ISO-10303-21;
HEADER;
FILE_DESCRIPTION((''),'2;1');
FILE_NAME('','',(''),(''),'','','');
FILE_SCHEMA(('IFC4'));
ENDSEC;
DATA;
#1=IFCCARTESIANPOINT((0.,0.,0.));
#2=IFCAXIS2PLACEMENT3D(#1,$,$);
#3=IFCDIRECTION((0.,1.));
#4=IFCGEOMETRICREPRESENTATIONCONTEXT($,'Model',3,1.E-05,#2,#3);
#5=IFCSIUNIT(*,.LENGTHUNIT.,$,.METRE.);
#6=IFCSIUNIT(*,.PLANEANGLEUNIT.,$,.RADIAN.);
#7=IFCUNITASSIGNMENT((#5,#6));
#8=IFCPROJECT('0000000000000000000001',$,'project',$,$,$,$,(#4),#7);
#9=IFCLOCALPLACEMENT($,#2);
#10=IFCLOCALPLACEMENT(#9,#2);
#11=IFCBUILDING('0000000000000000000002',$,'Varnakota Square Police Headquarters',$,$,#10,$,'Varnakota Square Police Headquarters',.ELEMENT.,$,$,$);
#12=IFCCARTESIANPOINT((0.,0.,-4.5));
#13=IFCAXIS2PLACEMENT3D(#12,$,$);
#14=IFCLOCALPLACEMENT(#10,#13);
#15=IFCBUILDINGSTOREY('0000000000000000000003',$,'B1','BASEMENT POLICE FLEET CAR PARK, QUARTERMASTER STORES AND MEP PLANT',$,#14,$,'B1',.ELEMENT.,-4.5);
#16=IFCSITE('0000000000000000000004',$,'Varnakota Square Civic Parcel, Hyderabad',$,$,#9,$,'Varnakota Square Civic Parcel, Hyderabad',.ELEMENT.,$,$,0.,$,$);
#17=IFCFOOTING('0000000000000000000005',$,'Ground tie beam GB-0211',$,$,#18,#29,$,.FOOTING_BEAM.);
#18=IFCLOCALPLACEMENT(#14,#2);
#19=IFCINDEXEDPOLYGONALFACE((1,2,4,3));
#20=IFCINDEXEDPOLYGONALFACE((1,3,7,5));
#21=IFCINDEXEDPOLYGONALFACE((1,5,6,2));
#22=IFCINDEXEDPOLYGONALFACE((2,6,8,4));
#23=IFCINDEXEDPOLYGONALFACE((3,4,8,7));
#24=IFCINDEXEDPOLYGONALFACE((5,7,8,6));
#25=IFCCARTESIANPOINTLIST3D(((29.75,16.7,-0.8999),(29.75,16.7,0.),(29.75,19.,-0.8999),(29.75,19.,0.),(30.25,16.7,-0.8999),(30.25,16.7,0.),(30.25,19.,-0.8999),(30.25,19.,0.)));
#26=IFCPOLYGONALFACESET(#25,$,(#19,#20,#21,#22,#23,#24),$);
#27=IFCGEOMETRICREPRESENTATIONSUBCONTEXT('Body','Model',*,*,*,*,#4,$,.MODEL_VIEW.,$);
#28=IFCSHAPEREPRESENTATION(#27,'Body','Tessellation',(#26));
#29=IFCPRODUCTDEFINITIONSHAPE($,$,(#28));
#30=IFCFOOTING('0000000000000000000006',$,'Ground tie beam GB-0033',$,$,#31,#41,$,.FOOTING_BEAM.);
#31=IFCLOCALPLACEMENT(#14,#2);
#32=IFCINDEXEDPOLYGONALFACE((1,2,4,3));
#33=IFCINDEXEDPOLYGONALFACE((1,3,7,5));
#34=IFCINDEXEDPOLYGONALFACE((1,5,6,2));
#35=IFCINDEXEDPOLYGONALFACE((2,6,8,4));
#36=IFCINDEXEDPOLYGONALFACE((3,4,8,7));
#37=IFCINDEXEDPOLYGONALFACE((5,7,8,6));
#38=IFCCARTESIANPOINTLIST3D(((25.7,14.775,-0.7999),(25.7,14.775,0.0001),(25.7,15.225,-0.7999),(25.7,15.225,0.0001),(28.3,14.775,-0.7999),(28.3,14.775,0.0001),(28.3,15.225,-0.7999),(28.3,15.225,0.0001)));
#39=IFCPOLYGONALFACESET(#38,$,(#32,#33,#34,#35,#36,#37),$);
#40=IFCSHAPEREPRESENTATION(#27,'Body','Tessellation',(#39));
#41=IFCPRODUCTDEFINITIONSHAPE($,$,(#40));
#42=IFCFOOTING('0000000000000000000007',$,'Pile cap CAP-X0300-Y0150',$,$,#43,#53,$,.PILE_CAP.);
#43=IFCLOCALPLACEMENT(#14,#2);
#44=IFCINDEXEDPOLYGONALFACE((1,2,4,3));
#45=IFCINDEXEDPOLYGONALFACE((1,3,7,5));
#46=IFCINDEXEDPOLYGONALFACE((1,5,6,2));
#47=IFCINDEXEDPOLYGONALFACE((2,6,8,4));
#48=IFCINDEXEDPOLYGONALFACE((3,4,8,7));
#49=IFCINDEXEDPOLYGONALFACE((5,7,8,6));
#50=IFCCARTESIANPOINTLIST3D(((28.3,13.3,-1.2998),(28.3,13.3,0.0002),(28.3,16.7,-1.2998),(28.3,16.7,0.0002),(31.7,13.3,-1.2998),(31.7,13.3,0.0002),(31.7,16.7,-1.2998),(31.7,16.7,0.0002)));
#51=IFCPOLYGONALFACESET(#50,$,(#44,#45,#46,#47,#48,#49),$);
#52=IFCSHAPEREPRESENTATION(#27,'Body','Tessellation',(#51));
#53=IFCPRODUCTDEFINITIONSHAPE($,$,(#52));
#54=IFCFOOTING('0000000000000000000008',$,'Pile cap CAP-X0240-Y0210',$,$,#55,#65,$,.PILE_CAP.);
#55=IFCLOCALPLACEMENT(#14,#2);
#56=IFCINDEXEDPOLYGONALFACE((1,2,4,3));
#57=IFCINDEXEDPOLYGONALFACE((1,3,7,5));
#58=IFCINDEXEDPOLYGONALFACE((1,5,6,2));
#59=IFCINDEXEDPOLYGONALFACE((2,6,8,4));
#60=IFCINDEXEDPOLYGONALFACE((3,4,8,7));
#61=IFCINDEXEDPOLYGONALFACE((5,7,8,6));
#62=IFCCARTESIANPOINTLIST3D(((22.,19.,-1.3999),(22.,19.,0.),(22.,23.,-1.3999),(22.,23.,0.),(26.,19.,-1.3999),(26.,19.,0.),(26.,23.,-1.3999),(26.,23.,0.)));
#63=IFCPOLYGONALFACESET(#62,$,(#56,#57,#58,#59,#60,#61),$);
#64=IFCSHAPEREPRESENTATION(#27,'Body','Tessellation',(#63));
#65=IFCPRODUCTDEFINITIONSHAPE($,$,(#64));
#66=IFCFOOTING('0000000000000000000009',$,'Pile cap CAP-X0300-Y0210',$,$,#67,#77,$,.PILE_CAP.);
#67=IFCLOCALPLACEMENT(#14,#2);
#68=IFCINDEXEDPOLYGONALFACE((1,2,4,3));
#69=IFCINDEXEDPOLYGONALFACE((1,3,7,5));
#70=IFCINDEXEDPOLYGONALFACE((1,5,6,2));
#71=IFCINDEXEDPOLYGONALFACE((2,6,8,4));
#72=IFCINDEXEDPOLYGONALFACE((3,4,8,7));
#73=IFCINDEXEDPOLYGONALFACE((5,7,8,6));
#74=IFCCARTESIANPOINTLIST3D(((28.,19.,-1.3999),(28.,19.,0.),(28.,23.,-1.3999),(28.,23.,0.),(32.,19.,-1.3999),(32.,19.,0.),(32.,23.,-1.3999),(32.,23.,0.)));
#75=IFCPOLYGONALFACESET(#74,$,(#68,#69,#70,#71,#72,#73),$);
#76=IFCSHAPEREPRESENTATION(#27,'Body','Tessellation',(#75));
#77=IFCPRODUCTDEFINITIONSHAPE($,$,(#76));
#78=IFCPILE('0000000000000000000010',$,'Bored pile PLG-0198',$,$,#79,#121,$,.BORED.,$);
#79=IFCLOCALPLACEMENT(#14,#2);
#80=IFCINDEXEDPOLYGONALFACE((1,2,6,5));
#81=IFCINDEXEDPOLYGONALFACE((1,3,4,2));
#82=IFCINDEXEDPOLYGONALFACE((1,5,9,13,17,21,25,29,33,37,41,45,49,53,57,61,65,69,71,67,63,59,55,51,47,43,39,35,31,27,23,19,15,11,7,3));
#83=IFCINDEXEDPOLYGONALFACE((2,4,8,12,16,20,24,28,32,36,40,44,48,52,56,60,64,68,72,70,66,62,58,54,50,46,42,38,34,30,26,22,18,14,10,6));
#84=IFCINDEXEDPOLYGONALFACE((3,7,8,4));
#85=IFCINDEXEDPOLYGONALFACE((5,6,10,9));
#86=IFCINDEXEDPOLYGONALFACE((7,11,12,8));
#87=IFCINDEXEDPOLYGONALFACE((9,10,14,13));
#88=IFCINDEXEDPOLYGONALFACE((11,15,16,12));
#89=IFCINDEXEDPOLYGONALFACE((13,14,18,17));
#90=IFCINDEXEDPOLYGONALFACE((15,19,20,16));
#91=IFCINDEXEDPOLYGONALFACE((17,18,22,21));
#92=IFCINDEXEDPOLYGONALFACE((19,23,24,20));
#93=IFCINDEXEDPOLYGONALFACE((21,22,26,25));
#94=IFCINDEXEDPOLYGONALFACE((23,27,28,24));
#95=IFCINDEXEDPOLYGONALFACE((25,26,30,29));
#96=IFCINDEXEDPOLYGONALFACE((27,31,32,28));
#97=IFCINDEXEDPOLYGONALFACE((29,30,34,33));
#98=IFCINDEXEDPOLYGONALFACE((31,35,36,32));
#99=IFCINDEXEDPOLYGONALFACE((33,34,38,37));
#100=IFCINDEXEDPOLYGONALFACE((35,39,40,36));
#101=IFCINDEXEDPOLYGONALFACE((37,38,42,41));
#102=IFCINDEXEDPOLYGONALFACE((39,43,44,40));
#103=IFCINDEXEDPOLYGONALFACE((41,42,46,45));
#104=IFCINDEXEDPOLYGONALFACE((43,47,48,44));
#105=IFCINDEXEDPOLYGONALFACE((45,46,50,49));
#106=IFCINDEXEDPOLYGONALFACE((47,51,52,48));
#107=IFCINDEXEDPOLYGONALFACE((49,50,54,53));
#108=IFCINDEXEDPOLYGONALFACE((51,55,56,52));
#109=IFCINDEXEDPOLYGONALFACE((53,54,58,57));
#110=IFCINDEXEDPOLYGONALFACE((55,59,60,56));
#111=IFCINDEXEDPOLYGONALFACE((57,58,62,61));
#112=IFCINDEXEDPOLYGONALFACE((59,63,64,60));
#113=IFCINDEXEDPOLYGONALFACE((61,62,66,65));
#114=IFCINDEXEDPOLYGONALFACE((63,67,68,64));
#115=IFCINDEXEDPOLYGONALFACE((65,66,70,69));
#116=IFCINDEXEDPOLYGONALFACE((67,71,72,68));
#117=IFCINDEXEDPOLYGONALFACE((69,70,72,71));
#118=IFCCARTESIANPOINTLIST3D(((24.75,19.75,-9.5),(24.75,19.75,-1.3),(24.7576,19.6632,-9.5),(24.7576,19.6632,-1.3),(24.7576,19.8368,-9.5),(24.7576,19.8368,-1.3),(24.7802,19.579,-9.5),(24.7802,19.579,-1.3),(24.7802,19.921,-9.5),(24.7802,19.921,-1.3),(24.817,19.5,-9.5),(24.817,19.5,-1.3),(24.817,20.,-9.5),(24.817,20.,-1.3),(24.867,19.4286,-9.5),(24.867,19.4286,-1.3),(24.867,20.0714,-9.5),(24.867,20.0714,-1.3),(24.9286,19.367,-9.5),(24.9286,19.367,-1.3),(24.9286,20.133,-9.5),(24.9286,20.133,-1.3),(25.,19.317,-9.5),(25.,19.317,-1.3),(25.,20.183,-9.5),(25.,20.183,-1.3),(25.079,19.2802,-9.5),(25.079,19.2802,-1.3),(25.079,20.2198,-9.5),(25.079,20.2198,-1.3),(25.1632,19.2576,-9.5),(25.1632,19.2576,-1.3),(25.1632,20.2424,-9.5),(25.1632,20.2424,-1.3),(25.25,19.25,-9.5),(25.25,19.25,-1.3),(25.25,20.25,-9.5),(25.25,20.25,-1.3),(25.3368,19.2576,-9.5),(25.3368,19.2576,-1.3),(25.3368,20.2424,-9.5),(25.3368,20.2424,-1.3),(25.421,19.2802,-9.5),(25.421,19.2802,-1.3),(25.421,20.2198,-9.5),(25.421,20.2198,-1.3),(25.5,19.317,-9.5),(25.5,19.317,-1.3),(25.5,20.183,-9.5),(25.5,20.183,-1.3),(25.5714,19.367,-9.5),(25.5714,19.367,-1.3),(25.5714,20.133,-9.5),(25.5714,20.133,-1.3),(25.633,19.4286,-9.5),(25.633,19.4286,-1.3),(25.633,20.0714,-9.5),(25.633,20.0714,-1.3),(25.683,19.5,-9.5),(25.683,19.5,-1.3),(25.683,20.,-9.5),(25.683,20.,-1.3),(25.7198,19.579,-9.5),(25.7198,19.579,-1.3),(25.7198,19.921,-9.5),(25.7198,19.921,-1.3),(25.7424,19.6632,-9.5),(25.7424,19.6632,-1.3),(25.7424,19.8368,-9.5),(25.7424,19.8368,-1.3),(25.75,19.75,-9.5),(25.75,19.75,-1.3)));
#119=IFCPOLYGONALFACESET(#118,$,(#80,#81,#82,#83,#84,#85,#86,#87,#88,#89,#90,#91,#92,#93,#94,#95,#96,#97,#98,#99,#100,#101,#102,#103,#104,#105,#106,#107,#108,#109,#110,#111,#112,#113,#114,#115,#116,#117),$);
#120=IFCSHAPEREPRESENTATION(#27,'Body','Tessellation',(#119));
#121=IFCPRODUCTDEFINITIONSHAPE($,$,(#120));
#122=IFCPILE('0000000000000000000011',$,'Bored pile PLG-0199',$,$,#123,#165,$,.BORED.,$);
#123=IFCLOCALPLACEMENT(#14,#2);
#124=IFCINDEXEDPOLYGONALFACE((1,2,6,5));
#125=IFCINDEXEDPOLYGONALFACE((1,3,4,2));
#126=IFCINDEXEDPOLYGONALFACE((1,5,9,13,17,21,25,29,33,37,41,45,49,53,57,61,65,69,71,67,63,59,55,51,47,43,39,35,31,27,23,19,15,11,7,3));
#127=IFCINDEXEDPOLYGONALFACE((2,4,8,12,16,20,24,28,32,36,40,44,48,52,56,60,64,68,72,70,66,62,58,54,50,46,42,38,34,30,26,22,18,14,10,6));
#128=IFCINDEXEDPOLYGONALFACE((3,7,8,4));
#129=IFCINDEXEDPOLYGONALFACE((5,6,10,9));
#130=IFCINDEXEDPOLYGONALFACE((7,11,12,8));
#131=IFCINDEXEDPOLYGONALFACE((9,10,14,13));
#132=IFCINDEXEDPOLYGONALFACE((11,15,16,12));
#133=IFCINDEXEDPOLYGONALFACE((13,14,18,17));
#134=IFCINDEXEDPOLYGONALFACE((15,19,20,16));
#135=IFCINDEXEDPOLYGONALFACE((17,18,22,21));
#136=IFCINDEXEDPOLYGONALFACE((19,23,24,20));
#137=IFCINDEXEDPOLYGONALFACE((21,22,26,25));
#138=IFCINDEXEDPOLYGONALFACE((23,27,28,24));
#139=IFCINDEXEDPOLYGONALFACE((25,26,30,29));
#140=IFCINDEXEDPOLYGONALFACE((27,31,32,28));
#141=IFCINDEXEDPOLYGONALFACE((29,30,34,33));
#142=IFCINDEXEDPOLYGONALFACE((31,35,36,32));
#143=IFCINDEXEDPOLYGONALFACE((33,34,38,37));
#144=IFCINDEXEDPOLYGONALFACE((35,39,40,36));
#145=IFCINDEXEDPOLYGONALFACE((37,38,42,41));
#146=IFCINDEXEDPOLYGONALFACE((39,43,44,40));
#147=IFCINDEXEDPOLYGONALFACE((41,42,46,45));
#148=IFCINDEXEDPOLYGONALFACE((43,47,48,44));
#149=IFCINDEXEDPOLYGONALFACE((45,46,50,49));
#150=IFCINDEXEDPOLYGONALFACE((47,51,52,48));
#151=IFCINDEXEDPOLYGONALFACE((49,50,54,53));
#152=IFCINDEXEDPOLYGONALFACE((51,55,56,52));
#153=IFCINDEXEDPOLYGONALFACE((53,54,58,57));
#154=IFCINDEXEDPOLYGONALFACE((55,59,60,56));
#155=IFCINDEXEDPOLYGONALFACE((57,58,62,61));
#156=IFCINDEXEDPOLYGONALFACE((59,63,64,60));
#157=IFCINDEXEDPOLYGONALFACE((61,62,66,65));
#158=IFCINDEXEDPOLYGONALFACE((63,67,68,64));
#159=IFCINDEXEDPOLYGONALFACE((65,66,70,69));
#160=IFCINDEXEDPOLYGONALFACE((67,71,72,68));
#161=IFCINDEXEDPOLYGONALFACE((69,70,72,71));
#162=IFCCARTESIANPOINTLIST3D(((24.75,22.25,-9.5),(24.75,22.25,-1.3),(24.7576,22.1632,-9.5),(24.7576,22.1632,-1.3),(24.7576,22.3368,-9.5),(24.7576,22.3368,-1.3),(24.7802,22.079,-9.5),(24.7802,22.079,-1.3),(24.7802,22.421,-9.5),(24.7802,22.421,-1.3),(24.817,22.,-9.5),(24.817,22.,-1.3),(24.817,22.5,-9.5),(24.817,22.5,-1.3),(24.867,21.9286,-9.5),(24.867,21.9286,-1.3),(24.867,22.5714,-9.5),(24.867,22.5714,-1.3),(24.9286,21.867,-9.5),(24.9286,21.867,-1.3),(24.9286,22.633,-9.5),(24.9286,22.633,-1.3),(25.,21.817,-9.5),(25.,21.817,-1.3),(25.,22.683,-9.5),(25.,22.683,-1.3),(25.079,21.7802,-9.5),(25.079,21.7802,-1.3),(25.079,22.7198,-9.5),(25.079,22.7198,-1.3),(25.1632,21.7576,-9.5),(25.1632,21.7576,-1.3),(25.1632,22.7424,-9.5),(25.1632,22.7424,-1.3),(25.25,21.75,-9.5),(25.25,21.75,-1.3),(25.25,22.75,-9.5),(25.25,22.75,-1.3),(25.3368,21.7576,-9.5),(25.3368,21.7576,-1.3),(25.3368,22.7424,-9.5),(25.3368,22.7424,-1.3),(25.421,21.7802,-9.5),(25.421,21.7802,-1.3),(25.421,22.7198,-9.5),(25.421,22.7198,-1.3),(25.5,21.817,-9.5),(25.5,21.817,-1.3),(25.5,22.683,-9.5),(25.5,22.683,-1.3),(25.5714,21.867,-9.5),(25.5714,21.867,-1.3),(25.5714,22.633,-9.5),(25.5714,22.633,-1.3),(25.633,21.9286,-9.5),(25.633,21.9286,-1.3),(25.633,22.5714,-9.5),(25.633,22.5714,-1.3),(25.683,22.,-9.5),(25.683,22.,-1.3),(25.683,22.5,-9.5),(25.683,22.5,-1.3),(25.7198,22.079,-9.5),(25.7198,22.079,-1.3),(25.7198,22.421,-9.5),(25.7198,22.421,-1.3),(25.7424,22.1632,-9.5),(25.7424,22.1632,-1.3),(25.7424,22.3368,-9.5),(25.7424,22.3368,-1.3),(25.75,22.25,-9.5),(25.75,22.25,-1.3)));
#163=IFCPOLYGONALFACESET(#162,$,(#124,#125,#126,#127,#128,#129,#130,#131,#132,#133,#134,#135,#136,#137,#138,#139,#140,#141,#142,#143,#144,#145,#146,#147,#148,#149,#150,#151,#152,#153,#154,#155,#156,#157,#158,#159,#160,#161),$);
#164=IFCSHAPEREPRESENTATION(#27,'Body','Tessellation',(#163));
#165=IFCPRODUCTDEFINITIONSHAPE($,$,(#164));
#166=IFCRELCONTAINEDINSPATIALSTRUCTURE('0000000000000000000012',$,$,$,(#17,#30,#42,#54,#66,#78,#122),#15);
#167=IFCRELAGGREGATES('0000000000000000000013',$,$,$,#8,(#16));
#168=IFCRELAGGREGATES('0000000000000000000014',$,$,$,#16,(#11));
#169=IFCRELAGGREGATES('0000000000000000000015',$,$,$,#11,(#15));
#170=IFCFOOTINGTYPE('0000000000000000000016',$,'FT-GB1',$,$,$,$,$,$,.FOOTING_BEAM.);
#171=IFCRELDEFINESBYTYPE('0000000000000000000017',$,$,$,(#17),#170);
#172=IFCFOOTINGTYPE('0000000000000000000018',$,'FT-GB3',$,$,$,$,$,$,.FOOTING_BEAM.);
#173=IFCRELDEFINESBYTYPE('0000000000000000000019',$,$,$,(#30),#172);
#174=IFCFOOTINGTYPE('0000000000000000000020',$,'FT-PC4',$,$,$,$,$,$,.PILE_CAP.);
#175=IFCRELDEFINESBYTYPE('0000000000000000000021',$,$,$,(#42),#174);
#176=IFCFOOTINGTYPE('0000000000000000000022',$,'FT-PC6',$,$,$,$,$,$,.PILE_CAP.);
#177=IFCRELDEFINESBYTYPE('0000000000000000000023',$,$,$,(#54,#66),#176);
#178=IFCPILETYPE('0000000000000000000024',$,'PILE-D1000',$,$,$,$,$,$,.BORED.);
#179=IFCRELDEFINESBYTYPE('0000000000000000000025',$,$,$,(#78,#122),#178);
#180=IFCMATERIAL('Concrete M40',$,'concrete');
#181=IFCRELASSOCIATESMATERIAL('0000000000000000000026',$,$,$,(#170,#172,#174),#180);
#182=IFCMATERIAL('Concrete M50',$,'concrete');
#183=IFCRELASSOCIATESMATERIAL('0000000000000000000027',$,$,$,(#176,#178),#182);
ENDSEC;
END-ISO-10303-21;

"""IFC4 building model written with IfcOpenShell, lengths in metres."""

from ifc_helpers import new_model, si_unit, direction, frame, origin, origin_2d, place, context, subcontext, project, spatial, rectangle, circle, extrude, material, material_profile, profile_set, type_object, element, save


model = new_model("IFC4")

# Units and contexts
model_context = context("Model", 3, precision=1e-05, world=origin(), true_north=direction((0.0, 1.0)))
body_context = subcontext(model_context, "Body", "Model", "MODEL_VIEW")
ifc_project = project(units=[si_unit("LENGTHUNIT", "METRE"), si_unit("PLANEANGLEUNIT", "RADIAN")], contexts=[model_context])

# Site, building, storey
site_placement = place(None, origin())
site = spatial("IfcSite", under=ifc_project, at=site_placement, Name="Varnakota Square Civic Parcel, Hyderabad", LongName="Varnakota Square Civic Parcel, Hyderabad", CompositionType="ELEMENT", RefElevation=0.0)
building_placement = place(site_placement, origin())
building = spatial("IfcBuilding", under=site, at=building_placement, Name="Varnakota Square Police Headquarters", LongName="Varnakota Square Police Headquarters", CompositionType="ELEMENT")
storey_placement = place(building_placement, frame((0.0, 0.0, -4.5)))
storey = spatial("IfcBuildingStorey", under=building, at=storey_placement, Name="B1", Description="BASEMENT POLICE FLEET CAR PARK, QUARTERMASTER STORES AND MEP PLANT", LongName="B1", CompositionType="ELEMENT", Elevation=-4.5)

# Footings
ifc_material_1 = material(Name="Concrete M40", Category="concrete")
ifc_material_profile_1 = material_profile(ifc_material_1, rectangle(XDim=0.5, YDim=0.8999, at=origin_2d()), Name="GB 500x900")
ifc_profile_set_1 = profile_set([ifc_material_profile_1], Name="Concrete M40")
footing_type_1 = type_object("IfcFootingType", Name="FT-GB1", PredefinedType="FOOTING_BEAM", material=ifc_profile_set_1)
footing_1_placement = place(storey_placement, frame((30.0, 16.7, -0.45), z_axis=(0.0, 1.0, 0.0), x_axis=(-1.0, 0.0, 0.0)))
element("IfcFooting", 1, at=footing_1_placement, inside=storey, type_object=footing_type_1, Name="Ground tie beam GB-0211", PredefinedType="FOOTING_BEAM", context=body_context, shape_type="SweptSolid", body=[
    extrude(rectangle(XDim=0.5, YDim=0.8999, at=origin_2d()), origin(), (0.0, 0.0, 1.0), 2.3),
])
ifc_material_profile_2 = material_profile(ifc_material_1, rectangle(XDim=0.45, YDim=0.8, at=origin_2d()), Name="GB 450x800")
ifc_profile_set_2 = profile_set([ifc_material_profile_2], Name="Concrete M40")
footing_type_2 = type_object("IfcFootingType", Name="FT-GB3", PredefinedType="FOOTING_BEAM", material=ifc_profile_set_2)
footing_2_placement = place(storey_placement, frame((25.7, 15.0, -0.3999), z_axis=(1.0, 0.0, 0.0), x_axis=(0.0, 1.0, 0.0)))
element("IfcFooting", 2, at=footing_2_placement, inside=storey, type_object=footing_type_2, Name="Ground tie beam GB-0033", PredefinedType="FOOTING_BEAM", context=body_context, shape_type="SweptSolid", body=[
    extrude(rectangle(XDim=0.45, YDim=0.8, at=origin_2d()), origin(), (0.0, 0.0, 1.0), 2.6001),
])
footing_type_3 = type_object("IfcFootingType", Name="FT-PC4", PredefinedType="PILE_CAP", material=ifc_material_1)
footing_3_placement = place(storey_placement, frame((30.0, 15.0, -1.2998), z_axis=(0.0, 0.0, 1.0), x_axis=(1.0, 0.0, 0.0)))
element("IfcFooting", 3, at=footing_3_placement, inside=storey, type_object=footing_type_3, Name="Pile cap CAP-X0300-Y0150", PredefinedType="PILE_CAP", context=body_context, shape_type="SweptSolid", body=[
    extrude(rectangle(XDim=3.3999, YDim=3.3999, at=origin_2d()), origin(), (0.0, 0.0, 1.0), 1.3),
])
ifc_material_2 = material(Name="Concrete M50", Category="concrete")
footing_type_4 = type_object("IfcFootingType", Name="FT-PC6", PredefinedType="PILE_CAP", material=ifc_material_2)
for number, where, z_axis, x_axis, name in (
    (4, (24.0, 21.0, -1.3999), (0.0, 0.0, 1.0), (1.0, 0.0, 0.0), "Pile cap CAP-X0240-Y0210"),
    (5, (30.0, 21.0, -1.3999), (0.0, 0.0, 1.0), (1.0, 0.0, 0.0), "Pile cap CAP-X0300-Y0210"),
):
    element("IfcFooting", number, at=place(storey_placement, frame(where, z_axis=z_axis, x_axis=x_axis)), inside=storey, type_object=footing_type_4, Name=name, PredefinedType="PILE_CAP", context=body_context, shape_type="SweptSolid", body=[
        extrude(rectangle(XDim=4.0, YDim=4.0, at=origin_2d()), origin(), (0.0, 0.0, 1.0), 1.3999),
    ])

# Piles
ifc_material_profile_3 = material_profile(ifc_material_2, circle(Radius=0.5, at=origin_2d()), Name="BORED PILE 1000")
ifc_profile_set_3 = profile_set([ifc_material_profile_3], Name="Concrete M50")
pile_type_1 = type_object("IfcPileType", Name="PILE-D1000", PredefinedType="BORED", material=ifc_profile_set_3)
for number, where, z_axis, x_axis, name in (
    (6, (25.25, 19.75, -1.3), (0.0, 0.0, -1.0), (1.0, 0.0, 0.0), "Bored pile PLG-0198"),
    (7, (25.25, 22.25, -1.3), (0.0, 0.0, -1.0), (1.0, 0.0, 0.0), "Bored pile PLG-0199"),
):
    element("IfcPile", number, at=place(storey_placement, frame(where, z_axis=z_axis, x_axis=x_axis)), inside=storey, type_object=pile_type_1, Name=name, PredefinedType="BORED", context=body_context, shape_type="SweptSolid", body=[
        extrude(circle(Radius=0.5, at=origin_2d()), origin(), (0.0, 0.0, 1.0), 8.2),
    ])

save(model, "model.ifc")
